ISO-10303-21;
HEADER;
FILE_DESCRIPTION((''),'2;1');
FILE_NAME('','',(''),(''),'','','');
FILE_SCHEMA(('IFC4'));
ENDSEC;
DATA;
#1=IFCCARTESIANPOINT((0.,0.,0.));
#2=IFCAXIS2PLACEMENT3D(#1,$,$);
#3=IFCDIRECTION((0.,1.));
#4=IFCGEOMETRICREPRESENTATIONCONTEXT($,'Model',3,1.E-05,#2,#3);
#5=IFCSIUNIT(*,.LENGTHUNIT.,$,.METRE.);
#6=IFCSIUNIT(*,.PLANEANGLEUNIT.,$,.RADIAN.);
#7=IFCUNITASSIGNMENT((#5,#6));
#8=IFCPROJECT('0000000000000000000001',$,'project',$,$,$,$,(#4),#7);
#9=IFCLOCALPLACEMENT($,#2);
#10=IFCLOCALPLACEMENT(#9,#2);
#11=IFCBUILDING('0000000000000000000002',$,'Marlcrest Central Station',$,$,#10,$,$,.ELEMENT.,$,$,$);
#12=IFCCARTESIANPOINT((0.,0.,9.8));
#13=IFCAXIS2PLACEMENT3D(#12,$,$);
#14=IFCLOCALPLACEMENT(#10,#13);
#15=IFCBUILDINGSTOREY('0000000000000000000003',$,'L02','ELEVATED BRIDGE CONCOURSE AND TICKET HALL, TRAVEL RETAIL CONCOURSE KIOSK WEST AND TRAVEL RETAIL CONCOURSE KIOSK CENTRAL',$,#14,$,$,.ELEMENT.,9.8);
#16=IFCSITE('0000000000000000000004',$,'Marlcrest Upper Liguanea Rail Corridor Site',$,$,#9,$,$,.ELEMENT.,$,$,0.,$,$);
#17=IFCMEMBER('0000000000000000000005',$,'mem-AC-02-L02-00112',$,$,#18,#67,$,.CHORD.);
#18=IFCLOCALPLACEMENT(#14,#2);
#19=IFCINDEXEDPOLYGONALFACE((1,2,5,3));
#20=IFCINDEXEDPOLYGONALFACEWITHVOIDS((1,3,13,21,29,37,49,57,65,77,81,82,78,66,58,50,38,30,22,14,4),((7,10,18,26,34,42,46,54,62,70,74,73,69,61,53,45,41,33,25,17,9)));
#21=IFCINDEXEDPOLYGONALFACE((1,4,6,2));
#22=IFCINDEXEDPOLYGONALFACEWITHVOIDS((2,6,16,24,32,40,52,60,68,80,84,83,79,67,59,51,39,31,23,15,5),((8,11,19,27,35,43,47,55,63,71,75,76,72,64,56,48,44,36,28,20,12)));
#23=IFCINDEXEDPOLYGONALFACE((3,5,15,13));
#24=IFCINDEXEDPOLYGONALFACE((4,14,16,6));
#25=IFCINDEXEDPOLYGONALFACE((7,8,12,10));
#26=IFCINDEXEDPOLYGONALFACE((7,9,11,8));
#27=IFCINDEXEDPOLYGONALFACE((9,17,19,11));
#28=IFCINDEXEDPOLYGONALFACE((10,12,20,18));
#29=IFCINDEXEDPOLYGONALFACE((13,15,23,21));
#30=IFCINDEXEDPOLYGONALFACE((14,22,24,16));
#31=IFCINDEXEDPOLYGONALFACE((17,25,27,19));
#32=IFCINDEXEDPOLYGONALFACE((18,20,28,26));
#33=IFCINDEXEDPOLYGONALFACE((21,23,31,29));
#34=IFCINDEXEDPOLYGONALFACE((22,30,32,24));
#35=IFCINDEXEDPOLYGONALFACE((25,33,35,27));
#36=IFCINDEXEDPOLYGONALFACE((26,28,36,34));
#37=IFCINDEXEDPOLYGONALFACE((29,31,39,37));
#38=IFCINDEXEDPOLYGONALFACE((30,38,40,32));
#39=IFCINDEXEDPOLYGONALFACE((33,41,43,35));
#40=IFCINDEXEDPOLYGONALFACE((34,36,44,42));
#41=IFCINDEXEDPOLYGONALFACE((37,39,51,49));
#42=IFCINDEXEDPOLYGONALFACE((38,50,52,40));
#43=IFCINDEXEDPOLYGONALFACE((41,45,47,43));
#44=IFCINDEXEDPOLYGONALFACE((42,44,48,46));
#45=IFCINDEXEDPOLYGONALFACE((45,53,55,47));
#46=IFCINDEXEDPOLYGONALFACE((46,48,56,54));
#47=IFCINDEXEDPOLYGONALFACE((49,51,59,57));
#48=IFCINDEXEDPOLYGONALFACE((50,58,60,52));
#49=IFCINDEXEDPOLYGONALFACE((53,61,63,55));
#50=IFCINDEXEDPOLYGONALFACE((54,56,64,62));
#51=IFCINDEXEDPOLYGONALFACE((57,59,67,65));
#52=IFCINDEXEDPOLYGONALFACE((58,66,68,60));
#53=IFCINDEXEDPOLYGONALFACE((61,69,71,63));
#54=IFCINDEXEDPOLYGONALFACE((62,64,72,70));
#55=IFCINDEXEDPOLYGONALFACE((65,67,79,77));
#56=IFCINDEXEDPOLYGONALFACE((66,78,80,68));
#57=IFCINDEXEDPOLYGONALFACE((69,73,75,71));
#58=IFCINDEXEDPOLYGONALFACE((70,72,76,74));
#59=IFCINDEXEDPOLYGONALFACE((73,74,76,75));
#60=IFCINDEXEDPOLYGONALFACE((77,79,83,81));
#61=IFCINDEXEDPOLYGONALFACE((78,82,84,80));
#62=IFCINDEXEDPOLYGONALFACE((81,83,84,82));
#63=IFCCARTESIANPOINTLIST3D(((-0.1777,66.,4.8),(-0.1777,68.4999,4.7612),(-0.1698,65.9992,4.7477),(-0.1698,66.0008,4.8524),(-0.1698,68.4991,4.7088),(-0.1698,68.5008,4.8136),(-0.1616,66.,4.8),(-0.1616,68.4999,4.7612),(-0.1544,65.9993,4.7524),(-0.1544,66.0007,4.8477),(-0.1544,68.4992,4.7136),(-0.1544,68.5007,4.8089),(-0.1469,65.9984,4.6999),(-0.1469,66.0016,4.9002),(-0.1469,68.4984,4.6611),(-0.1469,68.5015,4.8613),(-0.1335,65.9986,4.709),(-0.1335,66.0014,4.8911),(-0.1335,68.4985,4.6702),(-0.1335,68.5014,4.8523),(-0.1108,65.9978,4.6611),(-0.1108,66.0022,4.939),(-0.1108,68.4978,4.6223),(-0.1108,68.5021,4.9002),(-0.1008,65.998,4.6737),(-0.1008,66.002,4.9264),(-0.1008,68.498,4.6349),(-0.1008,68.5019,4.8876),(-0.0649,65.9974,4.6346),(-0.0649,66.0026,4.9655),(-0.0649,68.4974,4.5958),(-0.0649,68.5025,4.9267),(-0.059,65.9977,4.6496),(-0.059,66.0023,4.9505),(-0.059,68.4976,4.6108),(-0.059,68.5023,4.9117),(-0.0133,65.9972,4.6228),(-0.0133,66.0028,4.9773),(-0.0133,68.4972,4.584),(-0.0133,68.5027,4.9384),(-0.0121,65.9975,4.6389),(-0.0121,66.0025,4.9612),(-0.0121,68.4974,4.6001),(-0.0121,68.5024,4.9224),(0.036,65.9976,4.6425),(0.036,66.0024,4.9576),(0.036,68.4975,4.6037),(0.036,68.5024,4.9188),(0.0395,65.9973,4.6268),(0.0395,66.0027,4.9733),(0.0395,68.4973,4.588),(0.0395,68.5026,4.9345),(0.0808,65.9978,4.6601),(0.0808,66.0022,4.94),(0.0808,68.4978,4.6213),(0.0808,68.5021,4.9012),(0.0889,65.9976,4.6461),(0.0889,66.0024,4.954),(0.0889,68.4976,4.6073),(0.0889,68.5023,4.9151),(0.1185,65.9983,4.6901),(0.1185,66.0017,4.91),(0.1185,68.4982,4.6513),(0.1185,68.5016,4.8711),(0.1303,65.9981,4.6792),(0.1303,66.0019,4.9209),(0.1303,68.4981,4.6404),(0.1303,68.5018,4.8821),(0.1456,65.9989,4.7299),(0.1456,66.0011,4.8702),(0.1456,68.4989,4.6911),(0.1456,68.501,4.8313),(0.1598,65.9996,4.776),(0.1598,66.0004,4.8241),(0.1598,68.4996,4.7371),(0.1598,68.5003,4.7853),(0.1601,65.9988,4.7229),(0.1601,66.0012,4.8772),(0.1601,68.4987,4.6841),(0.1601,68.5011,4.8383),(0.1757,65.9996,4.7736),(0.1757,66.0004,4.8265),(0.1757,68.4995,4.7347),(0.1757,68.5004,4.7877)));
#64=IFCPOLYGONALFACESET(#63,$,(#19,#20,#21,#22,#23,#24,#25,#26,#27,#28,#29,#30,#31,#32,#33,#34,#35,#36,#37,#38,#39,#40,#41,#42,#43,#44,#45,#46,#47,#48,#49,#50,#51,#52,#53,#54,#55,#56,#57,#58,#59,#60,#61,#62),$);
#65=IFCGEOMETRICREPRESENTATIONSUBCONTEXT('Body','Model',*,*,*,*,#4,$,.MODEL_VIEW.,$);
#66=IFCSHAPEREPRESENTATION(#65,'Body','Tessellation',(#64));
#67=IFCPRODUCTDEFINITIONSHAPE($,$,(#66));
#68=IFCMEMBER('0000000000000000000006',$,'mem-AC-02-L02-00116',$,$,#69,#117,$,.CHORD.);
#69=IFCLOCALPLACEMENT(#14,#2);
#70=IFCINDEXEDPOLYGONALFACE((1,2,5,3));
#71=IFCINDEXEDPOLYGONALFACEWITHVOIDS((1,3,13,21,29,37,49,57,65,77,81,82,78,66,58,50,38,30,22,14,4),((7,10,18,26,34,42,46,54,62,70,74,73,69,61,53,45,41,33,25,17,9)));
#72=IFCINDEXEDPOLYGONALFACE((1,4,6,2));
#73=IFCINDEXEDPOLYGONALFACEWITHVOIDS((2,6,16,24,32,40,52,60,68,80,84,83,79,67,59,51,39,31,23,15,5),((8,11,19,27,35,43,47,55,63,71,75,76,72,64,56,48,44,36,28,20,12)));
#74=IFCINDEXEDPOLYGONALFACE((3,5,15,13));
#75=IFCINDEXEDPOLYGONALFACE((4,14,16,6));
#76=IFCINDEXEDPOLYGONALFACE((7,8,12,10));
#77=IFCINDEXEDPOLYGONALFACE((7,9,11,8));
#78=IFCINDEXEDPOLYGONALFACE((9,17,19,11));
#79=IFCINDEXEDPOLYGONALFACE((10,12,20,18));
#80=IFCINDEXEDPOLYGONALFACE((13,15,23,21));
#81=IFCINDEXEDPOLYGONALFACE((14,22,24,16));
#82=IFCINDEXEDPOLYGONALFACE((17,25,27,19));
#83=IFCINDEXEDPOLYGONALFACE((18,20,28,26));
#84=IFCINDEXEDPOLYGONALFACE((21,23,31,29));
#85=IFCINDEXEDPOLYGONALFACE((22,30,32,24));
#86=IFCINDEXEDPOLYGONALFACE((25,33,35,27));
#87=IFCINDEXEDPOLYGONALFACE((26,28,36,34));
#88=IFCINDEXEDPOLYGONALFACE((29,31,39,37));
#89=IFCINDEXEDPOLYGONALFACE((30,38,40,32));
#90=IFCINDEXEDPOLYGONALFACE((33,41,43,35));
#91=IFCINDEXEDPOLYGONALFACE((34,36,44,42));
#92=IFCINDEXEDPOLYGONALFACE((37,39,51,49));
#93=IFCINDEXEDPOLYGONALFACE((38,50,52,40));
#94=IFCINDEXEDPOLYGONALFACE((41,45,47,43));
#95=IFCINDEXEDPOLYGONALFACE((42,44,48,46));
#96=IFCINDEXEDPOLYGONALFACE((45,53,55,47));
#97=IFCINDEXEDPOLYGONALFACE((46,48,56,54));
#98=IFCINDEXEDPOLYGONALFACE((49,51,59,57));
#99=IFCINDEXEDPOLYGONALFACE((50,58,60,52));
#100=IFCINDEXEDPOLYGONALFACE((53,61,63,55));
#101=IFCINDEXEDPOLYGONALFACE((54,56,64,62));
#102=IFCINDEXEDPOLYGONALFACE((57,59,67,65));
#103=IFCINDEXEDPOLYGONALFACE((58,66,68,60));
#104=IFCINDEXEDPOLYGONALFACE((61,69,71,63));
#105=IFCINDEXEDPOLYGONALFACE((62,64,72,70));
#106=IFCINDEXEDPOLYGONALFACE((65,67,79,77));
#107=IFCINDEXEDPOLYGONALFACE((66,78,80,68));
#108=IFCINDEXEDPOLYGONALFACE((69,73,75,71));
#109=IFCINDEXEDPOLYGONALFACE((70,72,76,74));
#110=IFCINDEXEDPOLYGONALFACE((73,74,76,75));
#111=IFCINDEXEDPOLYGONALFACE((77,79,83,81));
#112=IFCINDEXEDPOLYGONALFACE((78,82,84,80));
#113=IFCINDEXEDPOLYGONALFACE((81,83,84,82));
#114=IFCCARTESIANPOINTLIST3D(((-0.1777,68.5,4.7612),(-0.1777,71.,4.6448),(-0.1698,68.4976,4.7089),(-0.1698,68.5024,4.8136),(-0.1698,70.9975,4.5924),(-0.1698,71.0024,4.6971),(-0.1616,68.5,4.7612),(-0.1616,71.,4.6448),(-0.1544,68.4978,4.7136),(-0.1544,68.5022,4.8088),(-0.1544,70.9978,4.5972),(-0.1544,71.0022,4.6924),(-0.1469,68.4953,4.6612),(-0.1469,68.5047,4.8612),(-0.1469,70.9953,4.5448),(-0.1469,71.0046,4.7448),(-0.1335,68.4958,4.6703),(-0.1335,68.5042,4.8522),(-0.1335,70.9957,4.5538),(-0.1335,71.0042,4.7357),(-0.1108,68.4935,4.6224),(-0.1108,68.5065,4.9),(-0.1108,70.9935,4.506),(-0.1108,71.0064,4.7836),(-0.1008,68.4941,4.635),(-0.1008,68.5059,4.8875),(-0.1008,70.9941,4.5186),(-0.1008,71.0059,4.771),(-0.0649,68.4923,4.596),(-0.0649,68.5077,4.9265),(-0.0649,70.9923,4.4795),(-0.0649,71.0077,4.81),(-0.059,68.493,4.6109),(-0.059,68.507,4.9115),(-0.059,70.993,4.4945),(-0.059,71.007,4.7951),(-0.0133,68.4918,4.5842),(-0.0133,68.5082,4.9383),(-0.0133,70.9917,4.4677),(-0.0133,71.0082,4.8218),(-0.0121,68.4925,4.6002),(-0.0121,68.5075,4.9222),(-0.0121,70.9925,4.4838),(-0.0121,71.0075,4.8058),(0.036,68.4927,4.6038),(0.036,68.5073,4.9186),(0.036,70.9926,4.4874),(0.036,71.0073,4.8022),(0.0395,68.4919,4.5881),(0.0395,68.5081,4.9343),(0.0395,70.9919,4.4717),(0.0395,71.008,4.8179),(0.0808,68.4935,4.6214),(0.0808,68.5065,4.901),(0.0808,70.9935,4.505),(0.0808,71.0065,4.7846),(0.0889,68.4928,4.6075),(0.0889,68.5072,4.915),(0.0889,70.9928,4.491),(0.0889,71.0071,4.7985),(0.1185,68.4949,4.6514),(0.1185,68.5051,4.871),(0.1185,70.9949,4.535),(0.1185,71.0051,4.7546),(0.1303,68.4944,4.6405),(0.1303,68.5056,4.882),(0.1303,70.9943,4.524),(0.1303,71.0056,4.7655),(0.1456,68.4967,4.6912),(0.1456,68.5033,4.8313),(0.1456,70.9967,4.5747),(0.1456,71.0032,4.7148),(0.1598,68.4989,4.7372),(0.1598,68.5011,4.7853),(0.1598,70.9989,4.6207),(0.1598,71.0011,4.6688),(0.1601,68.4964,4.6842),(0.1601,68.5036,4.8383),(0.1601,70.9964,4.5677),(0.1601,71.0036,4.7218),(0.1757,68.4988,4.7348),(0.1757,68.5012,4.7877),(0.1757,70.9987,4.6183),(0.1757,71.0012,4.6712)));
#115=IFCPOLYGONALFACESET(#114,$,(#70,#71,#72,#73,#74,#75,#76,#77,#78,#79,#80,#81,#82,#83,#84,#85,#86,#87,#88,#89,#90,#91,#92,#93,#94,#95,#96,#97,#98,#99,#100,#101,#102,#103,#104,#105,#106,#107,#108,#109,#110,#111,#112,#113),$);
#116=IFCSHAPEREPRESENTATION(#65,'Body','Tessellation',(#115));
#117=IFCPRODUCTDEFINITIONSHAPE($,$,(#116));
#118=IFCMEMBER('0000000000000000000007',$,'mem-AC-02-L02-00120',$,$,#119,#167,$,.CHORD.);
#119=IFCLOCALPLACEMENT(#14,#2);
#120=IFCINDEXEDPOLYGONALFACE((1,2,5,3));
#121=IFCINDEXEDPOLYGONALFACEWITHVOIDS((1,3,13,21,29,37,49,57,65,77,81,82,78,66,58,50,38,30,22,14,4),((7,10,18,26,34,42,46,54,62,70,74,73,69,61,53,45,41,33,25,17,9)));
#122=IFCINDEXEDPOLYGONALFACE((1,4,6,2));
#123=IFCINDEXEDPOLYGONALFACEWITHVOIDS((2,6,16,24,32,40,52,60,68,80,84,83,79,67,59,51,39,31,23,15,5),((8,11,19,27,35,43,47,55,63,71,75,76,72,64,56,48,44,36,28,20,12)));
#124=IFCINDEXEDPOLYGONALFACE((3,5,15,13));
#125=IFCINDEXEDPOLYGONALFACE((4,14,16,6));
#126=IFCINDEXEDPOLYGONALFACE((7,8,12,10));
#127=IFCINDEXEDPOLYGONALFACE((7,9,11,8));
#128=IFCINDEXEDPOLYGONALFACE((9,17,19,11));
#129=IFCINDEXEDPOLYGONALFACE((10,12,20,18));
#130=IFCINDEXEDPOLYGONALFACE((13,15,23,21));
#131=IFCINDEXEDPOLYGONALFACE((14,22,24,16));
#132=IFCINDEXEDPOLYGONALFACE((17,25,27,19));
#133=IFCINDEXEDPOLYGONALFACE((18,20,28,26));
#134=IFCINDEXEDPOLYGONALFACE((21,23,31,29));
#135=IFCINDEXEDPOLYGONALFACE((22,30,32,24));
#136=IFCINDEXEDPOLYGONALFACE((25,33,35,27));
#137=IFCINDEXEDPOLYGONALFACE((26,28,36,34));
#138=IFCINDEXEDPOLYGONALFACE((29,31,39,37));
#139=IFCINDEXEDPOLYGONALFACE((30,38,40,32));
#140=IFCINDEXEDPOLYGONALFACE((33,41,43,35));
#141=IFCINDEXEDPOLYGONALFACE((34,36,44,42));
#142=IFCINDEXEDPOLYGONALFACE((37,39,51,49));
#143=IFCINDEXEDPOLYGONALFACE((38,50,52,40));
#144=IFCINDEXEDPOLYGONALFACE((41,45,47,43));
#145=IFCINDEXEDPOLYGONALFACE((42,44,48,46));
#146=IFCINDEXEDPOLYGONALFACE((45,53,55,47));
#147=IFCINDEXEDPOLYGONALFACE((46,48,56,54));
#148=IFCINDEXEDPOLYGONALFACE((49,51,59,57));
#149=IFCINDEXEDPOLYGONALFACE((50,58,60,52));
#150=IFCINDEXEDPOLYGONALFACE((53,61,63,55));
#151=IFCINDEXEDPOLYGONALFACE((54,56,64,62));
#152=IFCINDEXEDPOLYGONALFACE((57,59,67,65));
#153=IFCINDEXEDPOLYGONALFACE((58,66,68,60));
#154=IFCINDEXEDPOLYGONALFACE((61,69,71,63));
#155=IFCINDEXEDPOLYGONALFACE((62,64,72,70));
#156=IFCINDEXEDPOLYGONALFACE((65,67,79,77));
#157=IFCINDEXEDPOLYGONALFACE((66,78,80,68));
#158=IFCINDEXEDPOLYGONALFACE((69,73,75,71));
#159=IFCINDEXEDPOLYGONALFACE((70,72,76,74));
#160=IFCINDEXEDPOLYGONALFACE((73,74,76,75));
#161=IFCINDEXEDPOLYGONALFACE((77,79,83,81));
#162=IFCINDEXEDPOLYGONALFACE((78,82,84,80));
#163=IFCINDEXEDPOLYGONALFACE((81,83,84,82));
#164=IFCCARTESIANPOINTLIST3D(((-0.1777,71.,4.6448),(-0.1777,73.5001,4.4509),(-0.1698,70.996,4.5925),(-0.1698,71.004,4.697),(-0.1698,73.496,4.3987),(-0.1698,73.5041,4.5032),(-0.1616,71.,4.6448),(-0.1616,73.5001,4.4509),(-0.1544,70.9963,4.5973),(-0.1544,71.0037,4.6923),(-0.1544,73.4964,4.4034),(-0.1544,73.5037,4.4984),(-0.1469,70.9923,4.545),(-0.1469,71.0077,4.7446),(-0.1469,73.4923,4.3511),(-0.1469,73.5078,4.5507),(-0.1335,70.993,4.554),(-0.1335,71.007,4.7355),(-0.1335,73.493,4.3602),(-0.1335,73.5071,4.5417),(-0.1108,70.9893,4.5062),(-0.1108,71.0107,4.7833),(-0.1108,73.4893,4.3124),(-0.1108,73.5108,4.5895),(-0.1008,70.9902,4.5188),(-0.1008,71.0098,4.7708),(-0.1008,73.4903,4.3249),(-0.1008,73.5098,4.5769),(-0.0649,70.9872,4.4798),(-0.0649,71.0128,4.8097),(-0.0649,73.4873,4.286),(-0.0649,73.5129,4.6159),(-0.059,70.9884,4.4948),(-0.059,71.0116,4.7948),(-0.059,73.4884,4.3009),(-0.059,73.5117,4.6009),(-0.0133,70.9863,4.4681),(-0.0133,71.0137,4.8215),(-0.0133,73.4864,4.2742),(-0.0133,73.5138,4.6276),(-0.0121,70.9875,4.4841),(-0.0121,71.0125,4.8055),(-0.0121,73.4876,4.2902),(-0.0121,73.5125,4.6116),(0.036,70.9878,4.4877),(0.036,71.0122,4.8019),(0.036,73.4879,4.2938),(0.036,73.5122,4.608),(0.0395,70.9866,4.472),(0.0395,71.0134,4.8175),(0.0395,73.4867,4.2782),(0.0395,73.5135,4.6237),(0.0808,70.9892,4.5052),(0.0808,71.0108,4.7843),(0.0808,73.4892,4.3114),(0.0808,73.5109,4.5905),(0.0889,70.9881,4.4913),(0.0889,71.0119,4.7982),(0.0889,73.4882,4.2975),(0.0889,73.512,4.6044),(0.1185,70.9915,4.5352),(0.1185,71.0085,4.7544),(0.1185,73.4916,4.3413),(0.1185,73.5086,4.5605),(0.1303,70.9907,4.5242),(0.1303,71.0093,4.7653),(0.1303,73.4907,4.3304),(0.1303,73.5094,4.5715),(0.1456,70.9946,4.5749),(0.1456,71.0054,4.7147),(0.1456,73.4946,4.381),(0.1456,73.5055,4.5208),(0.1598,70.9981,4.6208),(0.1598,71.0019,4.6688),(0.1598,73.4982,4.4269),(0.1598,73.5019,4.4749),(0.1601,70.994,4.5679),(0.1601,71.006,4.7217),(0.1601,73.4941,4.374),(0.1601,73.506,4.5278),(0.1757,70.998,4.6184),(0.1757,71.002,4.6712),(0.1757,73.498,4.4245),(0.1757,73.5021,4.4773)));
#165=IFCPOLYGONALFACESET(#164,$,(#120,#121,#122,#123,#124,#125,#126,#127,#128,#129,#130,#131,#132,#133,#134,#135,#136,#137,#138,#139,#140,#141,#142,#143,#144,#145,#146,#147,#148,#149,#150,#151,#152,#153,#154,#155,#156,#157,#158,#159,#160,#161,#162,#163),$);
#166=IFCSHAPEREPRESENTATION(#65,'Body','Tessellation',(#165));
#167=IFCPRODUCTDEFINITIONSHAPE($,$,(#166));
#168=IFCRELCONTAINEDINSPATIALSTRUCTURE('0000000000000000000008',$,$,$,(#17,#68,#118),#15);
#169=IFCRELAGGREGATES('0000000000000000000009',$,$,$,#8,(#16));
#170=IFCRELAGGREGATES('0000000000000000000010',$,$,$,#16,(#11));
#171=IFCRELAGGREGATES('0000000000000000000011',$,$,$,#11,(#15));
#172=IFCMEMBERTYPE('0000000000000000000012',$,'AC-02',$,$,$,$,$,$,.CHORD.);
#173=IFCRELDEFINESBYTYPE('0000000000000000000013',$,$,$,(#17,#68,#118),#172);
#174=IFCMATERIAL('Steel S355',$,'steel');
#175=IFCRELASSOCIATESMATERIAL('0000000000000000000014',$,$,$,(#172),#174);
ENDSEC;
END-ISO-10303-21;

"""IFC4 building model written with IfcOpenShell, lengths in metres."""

from ifc_helpers import new_model, si_unit, direction, frame, origin, origin_2d, place, context, subcontext, project, spatial, hollow_circle, extrude, material, material_profile, profile_set, type_object, element, save


model = new_model("IFC4")

# Units and contexts
model_context = context("Model", 3, precision=1e-05, world=origin(), true_north=direction((0.0, 1.0)))
body_context = subcontext(model_context, "Body", "Model", "MODEL_VIEW")
ifc_project = project(units=[si_unit("LENGTHUNIT", "METRE"), si_unit("PLANEANGLEUNIT", "RADIAN")], contexts=[model_context])

# Site, building, storey
site_placement = place(None, origin())
site = spatial("IfcSite", under=ifc_project, at=site_placement, Name="Marlcrest Upper Liguanea Rail Corridor Site", CompositionType="ELEMENT", RefElevation=0.0)
building_placement = place(site_placement, origin())
building = spatial("IfcBuilding", under=site, at=building_placement, Name="Marlcrest Central Station", CompositionType="ELEMENT")
storey_placement = place(building_placement, frame((0.0, 0.0, 9.8)))
storey = spatial("IfcBuildingStorey", under=building, at=storey_placement, Name="L02", Description="ELEVATED BRIDGE CONCOURSE AND TICKET HALL, TRAVEL RETAIL CONCOURSE KIOSK WEST AND TRAVEL RETAIL CONCOURSE KIOSK CENTRAL", CompositionType="ELEMENT", Elevation=9.8)

# Members
ifc_material = material(Name="Steel S355", Category="steel")
ifc_material_profile_1 = material_profile(ifc_material, hollow_circle(Radius=0.1777, WallThickness=0.0161, at=origin_2d()), Name="CHS 355.6x16")
ifc_profile_set_1 = profile_set([ifc_material_profile_1], Name="Steel S355")
member_type_1 = type_object("IfcMemberType", Name="AC-02", PredefinedType="CHORD", material=ifc_profile_set_1)
member_1_placement = place(storey_placement, frame((0.0, 66.0, 4.8), z_axis=(0.0, 0.999879, -0.015525), x_axis=(-1.0, 0.0, 0.0)))
element("IfcMember", 1, at=member_1_placement, inside=storey, type_object=member_type_1, Name="mem-AC-02-L02-00112", PredefinedType="CHORD", context=body_context, shape_type="SweptSolid", body=[
    extrude(hollow_circle(Radius=0.1777, WallThickness=0.0161, at=origin_2d()), origin(), (0.0, 0.0, 1.0), 2.5002),
])
member_2_placement = place(storey_placement, frame((0.0, 68.5, 4.7612), z_axis=(0.0, 0.998917, -0.046532), x_axis=(-1.0, 0.0, 0.0)))
element("IfcMember", 2, at=member_2_placement, inside=storey, type_object=member_type_1, Name="mem-AC-02-L02-00116", PredefinedType="CHORD", context=body_context, shape_type="SweptSolid", body=[
    extrude(hollow_circle(Radius=0.1777, WallThickness=0.0161, at=origin_2d()), origin(), (0.0, 0.0, 1.0), 2.5027),
])
member_3_placement = place(storey_placement, frame((0.0, 71.0, 4.6448), z_axis=(0.0, 0.997007, -0.077307), x_axis=(-1.0, 0.0, 0.0)))
element("IfcMember", 3, at=member_3_placement, inside=storey, type_object=member_type_1, Name="mem-AC-02-L02-00120", PredefinedType="CHORD", context=body_context, shape_type="SweptSolid", body=[
    extrude(hollow_circle(Radius=0.1777, WallThickness=0.0161, at=origin_2d()), origin(), (0.0, 0.0, 1.0), 2.5076),
])

save(model, "model.ifc")
